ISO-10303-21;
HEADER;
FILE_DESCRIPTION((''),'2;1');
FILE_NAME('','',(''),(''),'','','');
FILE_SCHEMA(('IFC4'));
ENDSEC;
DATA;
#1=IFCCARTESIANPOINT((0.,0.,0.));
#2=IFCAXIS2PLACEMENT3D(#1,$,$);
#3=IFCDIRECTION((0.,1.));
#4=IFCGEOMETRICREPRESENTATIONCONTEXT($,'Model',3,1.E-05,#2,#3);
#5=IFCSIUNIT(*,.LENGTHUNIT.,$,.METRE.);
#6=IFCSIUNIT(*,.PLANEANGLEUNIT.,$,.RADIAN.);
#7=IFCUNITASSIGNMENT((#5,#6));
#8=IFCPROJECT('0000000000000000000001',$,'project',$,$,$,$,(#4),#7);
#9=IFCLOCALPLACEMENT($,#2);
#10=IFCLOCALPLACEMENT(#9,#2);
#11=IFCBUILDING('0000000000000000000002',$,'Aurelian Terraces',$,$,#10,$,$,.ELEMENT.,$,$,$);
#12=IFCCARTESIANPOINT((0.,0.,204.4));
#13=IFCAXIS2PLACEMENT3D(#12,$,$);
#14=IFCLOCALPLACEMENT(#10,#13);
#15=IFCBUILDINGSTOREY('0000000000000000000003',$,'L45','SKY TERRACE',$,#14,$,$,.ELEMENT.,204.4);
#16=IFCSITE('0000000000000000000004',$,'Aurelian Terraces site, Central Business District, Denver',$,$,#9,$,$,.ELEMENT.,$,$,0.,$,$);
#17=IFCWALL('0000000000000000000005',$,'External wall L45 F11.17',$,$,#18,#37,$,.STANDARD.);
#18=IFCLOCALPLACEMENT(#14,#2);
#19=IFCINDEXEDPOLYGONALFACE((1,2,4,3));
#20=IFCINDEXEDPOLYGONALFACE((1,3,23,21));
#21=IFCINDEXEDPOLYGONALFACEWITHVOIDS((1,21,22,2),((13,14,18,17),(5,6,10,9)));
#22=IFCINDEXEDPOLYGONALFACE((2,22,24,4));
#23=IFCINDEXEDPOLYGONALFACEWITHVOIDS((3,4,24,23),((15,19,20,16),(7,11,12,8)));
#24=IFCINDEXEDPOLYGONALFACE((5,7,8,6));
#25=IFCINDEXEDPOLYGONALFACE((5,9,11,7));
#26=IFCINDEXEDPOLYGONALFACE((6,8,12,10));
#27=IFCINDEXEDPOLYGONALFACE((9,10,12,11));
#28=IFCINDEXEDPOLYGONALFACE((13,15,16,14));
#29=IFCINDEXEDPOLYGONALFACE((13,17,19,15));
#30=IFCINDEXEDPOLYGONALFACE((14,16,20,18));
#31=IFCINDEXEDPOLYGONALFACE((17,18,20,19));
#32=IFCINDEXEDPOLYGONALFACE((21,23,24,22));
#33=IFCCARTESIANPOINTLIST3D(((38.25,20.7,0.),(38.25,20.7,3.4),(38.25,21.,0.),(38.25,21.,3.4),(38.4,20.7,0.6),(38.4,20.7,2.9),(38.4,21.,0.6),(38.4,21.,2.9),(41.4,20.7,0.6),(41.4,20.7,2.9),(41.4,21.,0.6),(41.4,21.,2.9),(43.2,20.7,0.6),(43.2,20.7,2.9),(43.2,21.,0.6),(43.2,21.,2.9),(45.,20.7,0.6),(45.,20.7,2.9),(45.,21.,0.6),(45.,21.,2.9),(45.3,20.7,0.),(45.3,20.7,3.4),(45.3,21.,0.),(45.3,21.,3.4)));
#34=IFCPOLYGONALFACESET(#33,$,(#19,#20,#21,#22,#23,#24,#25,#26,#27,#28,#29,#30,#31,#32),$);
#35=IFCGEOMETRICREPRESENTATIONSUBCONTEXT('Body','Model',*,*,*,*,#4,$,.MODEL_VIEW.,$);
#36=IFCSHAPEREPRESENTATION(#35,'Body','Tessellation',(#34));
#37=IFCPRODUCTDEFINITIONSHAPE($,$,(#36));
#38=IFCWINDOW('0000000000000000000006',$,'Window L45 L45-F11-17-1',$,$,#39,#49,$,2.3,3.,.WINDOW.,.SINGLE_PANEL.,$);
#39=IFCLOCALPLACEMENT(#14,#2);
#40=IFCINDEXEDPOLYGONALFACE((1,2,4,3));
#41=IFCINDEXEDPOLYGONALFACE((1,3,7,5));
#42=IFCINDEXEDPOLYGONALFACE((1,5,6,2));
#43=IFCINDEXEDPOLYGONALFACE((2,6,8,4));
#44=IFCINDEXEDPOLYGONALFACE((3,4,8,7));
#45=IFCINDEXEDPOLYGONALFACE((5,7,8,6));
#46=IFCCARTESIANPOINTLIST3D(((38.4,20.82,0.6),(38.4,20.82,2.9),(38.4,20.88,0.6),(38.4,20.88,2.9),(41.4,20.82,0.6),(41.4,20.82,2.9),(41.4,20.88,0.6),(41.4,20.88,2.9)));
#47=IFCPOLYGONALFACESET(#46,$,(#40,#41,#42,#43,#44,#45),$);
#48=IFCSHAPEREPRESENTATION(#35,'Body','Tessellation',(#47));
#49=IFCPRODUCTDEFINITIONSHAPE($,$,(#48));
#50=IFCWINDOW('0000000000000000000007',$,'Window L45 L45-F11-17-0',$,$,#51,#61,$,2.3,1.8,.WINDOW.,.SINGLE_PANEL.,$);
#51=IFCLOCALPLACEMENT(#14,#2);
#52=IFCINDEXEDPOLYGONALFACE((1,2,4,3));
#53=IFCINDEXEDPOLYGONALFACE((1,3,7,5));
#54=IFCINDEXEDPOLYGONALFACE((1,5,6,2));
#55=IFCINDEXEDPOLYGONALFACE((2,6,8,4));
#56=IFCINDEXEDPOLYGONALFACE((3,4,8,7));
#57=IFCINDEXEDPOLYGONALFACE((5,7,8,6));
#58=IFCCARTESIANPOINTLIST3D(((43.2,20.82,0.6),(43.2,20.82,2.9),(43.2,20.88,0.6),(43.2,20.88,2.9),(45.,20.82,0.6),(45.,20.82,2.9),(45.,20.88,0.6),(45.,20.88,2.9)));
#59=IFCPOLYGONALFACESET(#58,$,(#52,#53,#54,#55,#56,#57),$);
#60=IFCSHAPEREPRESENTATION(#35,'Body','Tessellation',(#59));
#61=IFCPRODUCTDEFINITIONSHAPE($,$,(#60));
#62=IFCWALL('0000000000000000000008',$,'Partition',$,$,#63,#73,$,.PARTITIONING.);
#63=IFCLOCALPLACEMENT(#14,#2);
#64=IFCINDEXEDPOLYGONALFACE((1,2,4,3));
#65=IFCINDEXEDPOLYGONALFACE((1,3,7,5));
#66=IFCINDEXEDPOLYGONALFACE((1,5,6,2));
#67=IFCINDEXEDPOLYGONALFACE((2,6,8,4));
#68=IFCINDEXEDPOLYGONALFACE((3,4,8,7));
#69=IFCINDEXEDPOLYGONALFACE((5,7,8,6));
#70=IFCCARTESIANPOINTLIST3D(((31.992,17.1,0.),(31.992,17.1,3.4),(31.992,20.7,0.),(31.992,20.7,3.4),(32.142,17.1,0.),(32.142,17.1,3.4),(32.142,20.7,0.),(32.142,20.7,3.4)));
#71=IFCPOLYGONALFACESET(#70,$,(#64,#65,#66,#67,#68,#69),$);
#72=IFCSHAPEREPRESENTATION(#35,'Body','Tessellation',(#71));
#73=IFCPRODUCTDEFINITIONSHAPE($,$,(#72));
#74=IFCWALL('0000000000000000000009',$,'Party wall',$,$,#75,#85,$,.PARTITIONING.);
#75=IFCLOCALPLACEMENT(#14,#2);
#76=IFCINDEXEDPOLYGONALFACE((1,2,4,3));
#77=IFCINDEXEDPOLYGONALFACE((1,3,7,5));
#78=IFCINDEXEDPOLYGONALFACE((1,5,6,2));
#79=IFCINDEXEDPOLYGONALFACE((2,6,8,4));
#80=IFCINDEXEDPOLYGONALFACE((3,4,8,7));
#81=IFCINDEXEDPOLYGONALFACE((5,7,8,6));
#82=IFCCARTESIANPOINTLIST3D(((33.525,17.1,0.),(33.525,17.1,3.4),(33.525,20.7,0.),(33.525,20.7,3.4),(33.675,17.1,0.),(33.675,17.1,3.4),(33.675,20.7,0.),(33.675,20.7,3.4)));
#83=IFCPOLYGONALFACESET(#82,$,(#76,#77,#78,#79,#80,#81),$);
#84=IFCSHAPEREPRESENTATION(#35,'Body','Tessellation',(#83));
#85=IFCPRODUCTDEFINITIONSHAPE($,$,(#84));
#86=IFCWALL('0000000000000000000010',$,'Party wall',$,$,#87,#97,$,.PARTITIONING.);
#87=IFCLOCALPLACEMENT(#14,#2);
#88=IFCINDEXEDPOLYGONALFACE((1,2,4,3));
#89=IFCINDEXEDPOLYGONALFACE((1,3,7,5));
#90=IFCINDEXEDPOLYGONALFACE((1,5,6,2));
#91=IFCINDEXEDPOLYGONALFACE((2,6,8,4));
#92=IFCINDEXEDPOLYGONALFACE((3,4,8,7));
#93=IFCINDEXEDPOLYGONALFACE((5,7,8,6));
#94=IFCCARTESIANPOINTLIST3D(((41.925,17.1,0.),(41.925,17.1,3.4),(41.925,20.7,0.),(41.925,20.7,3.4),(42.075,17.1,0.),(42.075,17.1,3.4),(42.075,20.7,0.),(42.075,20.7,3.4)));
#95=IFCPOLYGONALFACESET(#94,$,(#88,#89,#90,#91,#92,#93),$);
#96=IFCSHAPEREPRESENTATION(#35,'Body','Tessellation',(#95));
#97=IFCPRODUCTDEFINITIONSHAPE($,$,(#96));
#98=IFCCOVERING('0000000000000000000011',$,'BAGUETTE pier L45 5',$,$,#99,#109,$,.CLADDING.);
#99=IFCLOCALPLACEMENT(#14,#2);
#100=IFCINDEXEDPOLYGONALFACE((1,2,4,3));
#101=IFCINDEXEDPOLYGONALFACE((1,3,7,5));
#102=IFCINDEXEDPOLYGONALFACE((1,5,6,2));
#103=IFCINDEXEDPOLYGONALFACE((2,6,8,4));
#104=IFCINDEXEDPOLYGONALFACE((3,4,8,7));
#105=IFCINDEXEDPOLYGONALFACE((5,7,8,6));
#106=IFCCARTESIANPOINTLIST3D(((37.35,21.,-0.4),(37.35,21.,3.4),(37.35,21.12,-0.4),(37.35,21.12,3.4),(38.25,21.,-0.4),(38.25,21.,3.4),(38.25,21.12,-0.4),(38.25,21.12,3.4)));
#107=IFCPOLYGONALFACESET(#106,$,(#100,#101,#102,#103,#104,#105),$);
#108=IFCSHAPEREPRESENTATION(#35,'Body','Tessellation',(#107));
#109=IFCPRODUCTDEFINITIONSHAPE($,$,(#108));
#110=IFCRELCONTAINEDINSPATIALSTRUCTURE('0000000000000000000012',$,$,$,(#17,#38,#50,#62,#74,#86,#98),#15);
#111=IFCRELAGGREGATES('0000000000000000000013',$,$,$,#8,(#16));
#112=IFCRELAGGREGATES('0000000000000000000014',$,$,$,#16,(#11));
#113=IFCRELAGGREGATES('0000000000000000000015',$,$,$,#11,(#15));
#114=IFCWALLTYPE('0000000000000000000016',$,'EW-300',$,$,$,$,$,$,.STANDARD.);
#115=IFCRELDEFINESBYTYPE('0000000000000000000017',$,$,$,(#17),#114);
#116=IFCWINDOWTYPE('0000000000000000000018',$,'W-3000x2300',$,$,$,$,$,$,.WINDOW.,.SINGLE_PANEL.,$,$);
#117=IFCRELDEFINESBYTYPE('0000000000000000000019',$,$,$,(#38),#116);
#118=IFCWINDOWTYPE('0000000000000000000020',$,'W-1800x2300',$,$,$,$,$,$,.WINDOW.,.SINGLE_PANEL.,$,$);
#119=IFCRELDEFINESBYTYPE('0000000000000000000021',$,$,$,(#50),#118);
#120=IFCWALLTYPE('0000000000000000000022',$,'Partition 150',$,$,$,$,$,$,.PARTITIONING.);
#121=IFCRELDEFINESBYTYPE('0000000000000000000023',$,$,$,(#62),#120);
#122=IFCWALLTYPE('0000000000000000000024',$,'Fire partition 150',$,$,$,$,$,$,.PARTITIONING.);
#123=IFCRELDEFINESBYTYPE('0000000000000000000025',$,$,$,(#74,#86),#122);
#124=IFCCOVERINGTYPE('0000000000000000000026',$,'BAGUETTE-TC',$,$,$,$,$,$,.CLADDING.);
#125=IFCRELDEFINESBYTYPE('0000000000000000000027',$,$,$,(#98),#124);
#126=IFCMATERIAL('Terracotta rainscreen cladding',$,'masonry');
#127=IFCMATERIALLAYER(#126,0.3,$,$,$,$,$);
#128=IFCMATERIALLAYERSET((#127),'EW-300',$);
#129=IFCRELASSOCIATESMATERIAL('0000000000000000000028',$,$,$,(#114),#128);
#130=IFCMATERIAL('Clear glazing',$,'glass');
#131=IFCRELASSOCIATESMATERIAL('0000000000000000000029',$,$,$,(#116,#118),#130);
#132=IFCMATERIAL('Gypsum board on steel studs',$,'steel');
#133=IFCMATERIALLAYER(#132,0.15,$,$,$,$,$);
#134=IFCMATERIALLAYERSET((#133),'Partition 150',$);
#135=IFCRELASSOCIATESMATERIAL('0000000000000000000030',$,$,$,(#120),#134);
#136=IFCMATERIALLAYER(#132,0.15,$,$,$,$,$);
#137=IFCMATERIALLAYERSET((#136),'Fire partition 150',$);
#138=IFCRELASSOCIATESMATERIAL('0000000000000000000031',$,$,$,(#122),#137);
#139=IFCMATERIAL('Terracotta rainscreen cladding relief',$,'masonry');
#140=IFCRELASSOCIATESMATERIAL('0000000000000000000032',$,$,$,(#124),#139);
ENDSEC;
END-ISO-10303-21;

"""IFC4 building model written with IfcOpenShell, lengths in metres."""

from ifc_helpers import new_model, si_unit, direction, frame, frame_2d, origin, origin_2d, place, context, subcontext, project, spatial, rectangle, extrude, source, transform, mapped, material, layer, layer_set, type_object, element, fill, save


model = new_model("IFC4")

# Units and contexts
model_context = context("Model", 3, precision=1e-05, world=origin(), true_north=direction((0.0, 1.0)))
body_context = subcontext(model_context, "Body", "Model", "MODEL_VIEW")
ifc_project = project(units=[si_unit("LENGTHUNIT", "METRE"), si_unit("PLANEANGLEUNIT", "RADIAN")], contexts=[model_context])

# Site, building, storey
site_placement = place(None, origin())
site = spatial("IfcSite", under=ifc_project, at=site_placement, Name="Aurelian Terraces site, Central Business District, Denver", CompositionType="ELEMENT", RefElevation=0.0)
building_placement = place(site_placement, origin())
building = spatial("IfcBuilding", under=site, at=building_placement, Name="Aurelian Terraces", CompositionType="ELEMENT")
storey_placement = place(building_placement, frame((0.0, 0.0, 204.4)))
storey = spatial("IfcBuildingStorey", under=building, at=storey_placement, Name="L45", Description="SKY TERRACE", CompositionType="ELEMENT", Elevation=204.4)

# Shared definitions
ifc_material_1 = material(Name="Terracotta rainscreen cladding", Category="masonry")
ifc_layer_1 = layer(ifc_material_1, 0.3)
ifc_layer_set_1 = layer_set([ifc_layer_1], Name="EW-300")
wall_type_1 = type_object("IfcWallType", Name="EW-300", PredefinedType="STANDARD", material=ifc_layer_set_1)
ifc_material_2 = material(Name="Clear glazing", Category="glass")

# Shared definitions
shared_shape_1 = source(origin(), body_context, "Body", "SweptSolid", [
    extrude(rectangle(XDim=3.0, YDim=2.3, at=frame_2d((1.5, 1.15))), frame((0.0, 0.16, 0.0), z_axis=(0.0, -1.0, 0.0), x_axis=(1.0, 0.0, 0.0)), (0.0, 0.0, 1.0), 0.32),
])
window_type_1 = type_object("IfcWindowType", Name="W-3000x2300", PartitioningType="SINGLE_PANEL", PredefinedType="WINDOW", material=ifc_material_2)
shared_shape_2 = source(origin(), body_context, "Body", "SweptSolid", [
    extrude(rectangle(XDim=3.0, YDim=2.3, at=frame_2d((1.5, 1.15))), frame((0.0, 0.03, 0.0), z_axis=(0.0, -1.0, 0.0), x_axis=(1.0, 0.0, 0.0)), (0.0, 0.0, 1.0), 0.06),
])

# Wall, openings, windows
shared_shape_3 = source(origin(), body_context, "Body", "SweptSolid", [
    extrude(rectangle(XDim=7.05, YDim=0.3, at=frame_2d((3.525, 0.0))), origin(), (0.0, 0.0, 1.0), 3.4),
])
wall_1_placement = place(storey_placement, frame((45.3, 20.85, 0.0), z_axis=(0.0, 0.0, 1.0), x_axis=(-1.0, 0.0, 0.0)))
wall_1 = element("IfcWall", 1, at=wall_1_placement, inside=storey, type_object=wall_type_1, Name="External wall L45 F11.17", PredefinedType="STANDARD", context=body_context, shape_type="MappedRepresentation", body=[
    mapped(shared_shape_3, transform((0.0, 0.0, 0.0), scale=1.0)),
])
shared_shape_4 = source(origin(), body_context, "Body", "SweptSolid", [
    extrude(rectangle(XDim=1.8, YDim=2.3, at=frame_2d((0.9, 1.15))), frame((0.0, 0.16, 0.0), z_axis=(0.0, -1.0, 0.0), x_axis=(1.0, 0.0, 0.0)), (0.0, 0.0, 1.0), 0.32),
])
opening_1_placement = place(wall_1_placement, frame((0.3, 0.0, 0.6)))
opening_1 = element("IfcOpeningElement", 2, at=opening_1_placement, cuts=wall_1, PredefinedType="OPENING", context=body_context, shape_type="MappedRepresentation", body=[
    mapped(shared_shape_4, transform((0.0, 0.0, 0.0), scale=1.0)),
])
opening_2_placement = place(wall_1_placement, frame((3.9, 0.0, 0.6)))
opening_2 = element("IfcOpeningElement", 3, at=opening_2_placement, cuts=wall_1, PredefinedType="OPENING", context=body_context, shape_type="MappedRepresentation", body=[
    mapped(shared_shape_1, transform((0.0, 0.0, 0.0), scale=1.0)),
])
window_1_placement = place(opening_2_placement, origin())
window_1 = element("IfcWindow", 4, at=window_1_placement, inside=storey, type_object=window_type_1, Name="Window L45 L45-F11-17-1", OverallHeight=2.3, OverallWidth=3.0, PartitioningType="SINGLE_PANEL", PredefinedType="WINDOW", context=body_context, shape_type="MappedRepresentation", body=[
    mapped(shared_shape_2, transform((0.0, 0.0, 0.0), scale=1.0)),
])
fill(opening_2, window_1)
window_type_2 = type_object("IfcWindowType", Name="W-1800x2300", PartitioningType="SINGLE_PANEL", PredefinedType="WINDOW", material=ifc_material_2)
shared_shape_5 = source(origin(), body_context, "Body", "SweptSolid", [
    extrude(rectangle(XDim=1.8, YDim=2.3, at=frame_2d((0.9, 1.15))), frame((0.0, 0.03, 0.0), z_axis=(0.0, -1.0, 0.0), x_axis=(1.0, 0.0, 0.0)), (0.0, 0.0, 1.0), 0.06),
])
window_2_placement = place(opening_1_placement, origin())
window_2 = element("IfcWindow", 5, at=window_2_placement, inside=storey, type_object=window_type_2, Name="Window L45 L45-F11-17-0", OverallHeight=2.3, OverallWidth=1.8, PartitioningType="SINGLE_PANEL", PredefinedType="WINDOW", context=body_context, shape_type="MappedRepresentation", body=[
    mapped(shared_shape_5, transform((0.0, 0.0, 0.0), scale=1.0)),
])
fill(opening_1, window_2)

# Walls
ifc_material_3 = material(Name="Gypsum board on steel studs", Category="steel")
ifc_layer_2 = layer(ifc_material_3, 0.15)
ifc_layer_set_2 = layer_set([ifc_layer_2], Name="Partition 150")
wall_type_2 = type_object("IfcWallType", Name="Partition 150", PredefinedType="PARTITIONING", material=ifc_layer_set_2)
shared_shape_6 = source(origin(), body_context, "Body", "SweptSolid", [
    extrude(rectangle(XDim=3.6, YDim=0.15, at=frame_2d((1.8, 0.0))), origin(), (0.0, 0.0, 1.0), 3.4),
])
wall_2_placement = place(storey_placement, frame((32.067, 20.7, 0.0), z_axis=(0.0, 0.0, 1.0), x_axis=(0.0, -1.0, 0.0)))
element("IfcWall", 6, at=wall_2_placement, inside=storey, type_object=wall_type_2, Name="Partition", PredefinedType="PARTITIONING", context=body_context, shape_type="MappedRepresentation", body=[
    mapped(shared_shape_6, transform((0.0, 0.0, 0.0), scale=1.0)),
])
ifc_layer_3 = layer(ifc_material_3, 0.15)
ifc_layer_set_3 = layer_set([ifc_layer_3], Name="Fire partition 150")
wall_type_3 = type_object("IfcWallType", Name="Fire partition 150", PredefinedType="PARTITIONING", material=ifc_layer_set_3)
for number, where, z_axis, x_axis, name in (
    (7, (33.6, 17.1, 0.0), (0.0, 0.0, 1.0), (0.0, 1.0, 0.0), "Party wall"),
    (8, (42.0, 17.1, 0.0), (0.0, 0.0, 1.0), (0.0, 1.0, 0.0), "Party wall"),
):
    element("IfcWall", number, at=place(storey_placement, frame(where, z_axis=z_axis, x_axis=x_axis)), inside=storey, type_object=wall_type_3, Name=name, PredefinedType="PARTITIONING", context=body_context, shape_type="MappedRepresentation", body=[
        mapped(shared_shape_6, transform((0.0, 0.0, 0.0), scale=1.0)),
    ])

# Covering
ifc_material_4 = material(Name="Terracotta rainscreen cladding relief", Category="masonry")
covering_type = type_object("IfcCoveringType", Name="BAGUETTE-TC", PredefinedType="CLADDING", material=ifc_material_4)
shared_shape_7 = source(origin(), body_context, "Body", "SweptSolid", [
    extrude(rectangle(XDim=0.9, YDim=0.12, at=origin_2d()), origin(), (0.0, 0.0, 1.0), 3.8),
])
covering_placement = place(storey_placement, frame((37.8, 21.06, -0.4), z_axis=(0.0, 0.0, 1.0), x_axis=(1.0, 0.0, 0.0)))
element("IfcCovering", 9, at=covering_placement, inside=storey, type_object=covering_type, Name="BAGUETTE pier L45 5", PredefinedType="CLADDING", context=body_context, shape_type="MappedRepresentation", body=[
    mapped(shared_shape_7, transform((0.0, 0.0, 0.0), scale=1.0)),
])

save(model, "model.ifc")
